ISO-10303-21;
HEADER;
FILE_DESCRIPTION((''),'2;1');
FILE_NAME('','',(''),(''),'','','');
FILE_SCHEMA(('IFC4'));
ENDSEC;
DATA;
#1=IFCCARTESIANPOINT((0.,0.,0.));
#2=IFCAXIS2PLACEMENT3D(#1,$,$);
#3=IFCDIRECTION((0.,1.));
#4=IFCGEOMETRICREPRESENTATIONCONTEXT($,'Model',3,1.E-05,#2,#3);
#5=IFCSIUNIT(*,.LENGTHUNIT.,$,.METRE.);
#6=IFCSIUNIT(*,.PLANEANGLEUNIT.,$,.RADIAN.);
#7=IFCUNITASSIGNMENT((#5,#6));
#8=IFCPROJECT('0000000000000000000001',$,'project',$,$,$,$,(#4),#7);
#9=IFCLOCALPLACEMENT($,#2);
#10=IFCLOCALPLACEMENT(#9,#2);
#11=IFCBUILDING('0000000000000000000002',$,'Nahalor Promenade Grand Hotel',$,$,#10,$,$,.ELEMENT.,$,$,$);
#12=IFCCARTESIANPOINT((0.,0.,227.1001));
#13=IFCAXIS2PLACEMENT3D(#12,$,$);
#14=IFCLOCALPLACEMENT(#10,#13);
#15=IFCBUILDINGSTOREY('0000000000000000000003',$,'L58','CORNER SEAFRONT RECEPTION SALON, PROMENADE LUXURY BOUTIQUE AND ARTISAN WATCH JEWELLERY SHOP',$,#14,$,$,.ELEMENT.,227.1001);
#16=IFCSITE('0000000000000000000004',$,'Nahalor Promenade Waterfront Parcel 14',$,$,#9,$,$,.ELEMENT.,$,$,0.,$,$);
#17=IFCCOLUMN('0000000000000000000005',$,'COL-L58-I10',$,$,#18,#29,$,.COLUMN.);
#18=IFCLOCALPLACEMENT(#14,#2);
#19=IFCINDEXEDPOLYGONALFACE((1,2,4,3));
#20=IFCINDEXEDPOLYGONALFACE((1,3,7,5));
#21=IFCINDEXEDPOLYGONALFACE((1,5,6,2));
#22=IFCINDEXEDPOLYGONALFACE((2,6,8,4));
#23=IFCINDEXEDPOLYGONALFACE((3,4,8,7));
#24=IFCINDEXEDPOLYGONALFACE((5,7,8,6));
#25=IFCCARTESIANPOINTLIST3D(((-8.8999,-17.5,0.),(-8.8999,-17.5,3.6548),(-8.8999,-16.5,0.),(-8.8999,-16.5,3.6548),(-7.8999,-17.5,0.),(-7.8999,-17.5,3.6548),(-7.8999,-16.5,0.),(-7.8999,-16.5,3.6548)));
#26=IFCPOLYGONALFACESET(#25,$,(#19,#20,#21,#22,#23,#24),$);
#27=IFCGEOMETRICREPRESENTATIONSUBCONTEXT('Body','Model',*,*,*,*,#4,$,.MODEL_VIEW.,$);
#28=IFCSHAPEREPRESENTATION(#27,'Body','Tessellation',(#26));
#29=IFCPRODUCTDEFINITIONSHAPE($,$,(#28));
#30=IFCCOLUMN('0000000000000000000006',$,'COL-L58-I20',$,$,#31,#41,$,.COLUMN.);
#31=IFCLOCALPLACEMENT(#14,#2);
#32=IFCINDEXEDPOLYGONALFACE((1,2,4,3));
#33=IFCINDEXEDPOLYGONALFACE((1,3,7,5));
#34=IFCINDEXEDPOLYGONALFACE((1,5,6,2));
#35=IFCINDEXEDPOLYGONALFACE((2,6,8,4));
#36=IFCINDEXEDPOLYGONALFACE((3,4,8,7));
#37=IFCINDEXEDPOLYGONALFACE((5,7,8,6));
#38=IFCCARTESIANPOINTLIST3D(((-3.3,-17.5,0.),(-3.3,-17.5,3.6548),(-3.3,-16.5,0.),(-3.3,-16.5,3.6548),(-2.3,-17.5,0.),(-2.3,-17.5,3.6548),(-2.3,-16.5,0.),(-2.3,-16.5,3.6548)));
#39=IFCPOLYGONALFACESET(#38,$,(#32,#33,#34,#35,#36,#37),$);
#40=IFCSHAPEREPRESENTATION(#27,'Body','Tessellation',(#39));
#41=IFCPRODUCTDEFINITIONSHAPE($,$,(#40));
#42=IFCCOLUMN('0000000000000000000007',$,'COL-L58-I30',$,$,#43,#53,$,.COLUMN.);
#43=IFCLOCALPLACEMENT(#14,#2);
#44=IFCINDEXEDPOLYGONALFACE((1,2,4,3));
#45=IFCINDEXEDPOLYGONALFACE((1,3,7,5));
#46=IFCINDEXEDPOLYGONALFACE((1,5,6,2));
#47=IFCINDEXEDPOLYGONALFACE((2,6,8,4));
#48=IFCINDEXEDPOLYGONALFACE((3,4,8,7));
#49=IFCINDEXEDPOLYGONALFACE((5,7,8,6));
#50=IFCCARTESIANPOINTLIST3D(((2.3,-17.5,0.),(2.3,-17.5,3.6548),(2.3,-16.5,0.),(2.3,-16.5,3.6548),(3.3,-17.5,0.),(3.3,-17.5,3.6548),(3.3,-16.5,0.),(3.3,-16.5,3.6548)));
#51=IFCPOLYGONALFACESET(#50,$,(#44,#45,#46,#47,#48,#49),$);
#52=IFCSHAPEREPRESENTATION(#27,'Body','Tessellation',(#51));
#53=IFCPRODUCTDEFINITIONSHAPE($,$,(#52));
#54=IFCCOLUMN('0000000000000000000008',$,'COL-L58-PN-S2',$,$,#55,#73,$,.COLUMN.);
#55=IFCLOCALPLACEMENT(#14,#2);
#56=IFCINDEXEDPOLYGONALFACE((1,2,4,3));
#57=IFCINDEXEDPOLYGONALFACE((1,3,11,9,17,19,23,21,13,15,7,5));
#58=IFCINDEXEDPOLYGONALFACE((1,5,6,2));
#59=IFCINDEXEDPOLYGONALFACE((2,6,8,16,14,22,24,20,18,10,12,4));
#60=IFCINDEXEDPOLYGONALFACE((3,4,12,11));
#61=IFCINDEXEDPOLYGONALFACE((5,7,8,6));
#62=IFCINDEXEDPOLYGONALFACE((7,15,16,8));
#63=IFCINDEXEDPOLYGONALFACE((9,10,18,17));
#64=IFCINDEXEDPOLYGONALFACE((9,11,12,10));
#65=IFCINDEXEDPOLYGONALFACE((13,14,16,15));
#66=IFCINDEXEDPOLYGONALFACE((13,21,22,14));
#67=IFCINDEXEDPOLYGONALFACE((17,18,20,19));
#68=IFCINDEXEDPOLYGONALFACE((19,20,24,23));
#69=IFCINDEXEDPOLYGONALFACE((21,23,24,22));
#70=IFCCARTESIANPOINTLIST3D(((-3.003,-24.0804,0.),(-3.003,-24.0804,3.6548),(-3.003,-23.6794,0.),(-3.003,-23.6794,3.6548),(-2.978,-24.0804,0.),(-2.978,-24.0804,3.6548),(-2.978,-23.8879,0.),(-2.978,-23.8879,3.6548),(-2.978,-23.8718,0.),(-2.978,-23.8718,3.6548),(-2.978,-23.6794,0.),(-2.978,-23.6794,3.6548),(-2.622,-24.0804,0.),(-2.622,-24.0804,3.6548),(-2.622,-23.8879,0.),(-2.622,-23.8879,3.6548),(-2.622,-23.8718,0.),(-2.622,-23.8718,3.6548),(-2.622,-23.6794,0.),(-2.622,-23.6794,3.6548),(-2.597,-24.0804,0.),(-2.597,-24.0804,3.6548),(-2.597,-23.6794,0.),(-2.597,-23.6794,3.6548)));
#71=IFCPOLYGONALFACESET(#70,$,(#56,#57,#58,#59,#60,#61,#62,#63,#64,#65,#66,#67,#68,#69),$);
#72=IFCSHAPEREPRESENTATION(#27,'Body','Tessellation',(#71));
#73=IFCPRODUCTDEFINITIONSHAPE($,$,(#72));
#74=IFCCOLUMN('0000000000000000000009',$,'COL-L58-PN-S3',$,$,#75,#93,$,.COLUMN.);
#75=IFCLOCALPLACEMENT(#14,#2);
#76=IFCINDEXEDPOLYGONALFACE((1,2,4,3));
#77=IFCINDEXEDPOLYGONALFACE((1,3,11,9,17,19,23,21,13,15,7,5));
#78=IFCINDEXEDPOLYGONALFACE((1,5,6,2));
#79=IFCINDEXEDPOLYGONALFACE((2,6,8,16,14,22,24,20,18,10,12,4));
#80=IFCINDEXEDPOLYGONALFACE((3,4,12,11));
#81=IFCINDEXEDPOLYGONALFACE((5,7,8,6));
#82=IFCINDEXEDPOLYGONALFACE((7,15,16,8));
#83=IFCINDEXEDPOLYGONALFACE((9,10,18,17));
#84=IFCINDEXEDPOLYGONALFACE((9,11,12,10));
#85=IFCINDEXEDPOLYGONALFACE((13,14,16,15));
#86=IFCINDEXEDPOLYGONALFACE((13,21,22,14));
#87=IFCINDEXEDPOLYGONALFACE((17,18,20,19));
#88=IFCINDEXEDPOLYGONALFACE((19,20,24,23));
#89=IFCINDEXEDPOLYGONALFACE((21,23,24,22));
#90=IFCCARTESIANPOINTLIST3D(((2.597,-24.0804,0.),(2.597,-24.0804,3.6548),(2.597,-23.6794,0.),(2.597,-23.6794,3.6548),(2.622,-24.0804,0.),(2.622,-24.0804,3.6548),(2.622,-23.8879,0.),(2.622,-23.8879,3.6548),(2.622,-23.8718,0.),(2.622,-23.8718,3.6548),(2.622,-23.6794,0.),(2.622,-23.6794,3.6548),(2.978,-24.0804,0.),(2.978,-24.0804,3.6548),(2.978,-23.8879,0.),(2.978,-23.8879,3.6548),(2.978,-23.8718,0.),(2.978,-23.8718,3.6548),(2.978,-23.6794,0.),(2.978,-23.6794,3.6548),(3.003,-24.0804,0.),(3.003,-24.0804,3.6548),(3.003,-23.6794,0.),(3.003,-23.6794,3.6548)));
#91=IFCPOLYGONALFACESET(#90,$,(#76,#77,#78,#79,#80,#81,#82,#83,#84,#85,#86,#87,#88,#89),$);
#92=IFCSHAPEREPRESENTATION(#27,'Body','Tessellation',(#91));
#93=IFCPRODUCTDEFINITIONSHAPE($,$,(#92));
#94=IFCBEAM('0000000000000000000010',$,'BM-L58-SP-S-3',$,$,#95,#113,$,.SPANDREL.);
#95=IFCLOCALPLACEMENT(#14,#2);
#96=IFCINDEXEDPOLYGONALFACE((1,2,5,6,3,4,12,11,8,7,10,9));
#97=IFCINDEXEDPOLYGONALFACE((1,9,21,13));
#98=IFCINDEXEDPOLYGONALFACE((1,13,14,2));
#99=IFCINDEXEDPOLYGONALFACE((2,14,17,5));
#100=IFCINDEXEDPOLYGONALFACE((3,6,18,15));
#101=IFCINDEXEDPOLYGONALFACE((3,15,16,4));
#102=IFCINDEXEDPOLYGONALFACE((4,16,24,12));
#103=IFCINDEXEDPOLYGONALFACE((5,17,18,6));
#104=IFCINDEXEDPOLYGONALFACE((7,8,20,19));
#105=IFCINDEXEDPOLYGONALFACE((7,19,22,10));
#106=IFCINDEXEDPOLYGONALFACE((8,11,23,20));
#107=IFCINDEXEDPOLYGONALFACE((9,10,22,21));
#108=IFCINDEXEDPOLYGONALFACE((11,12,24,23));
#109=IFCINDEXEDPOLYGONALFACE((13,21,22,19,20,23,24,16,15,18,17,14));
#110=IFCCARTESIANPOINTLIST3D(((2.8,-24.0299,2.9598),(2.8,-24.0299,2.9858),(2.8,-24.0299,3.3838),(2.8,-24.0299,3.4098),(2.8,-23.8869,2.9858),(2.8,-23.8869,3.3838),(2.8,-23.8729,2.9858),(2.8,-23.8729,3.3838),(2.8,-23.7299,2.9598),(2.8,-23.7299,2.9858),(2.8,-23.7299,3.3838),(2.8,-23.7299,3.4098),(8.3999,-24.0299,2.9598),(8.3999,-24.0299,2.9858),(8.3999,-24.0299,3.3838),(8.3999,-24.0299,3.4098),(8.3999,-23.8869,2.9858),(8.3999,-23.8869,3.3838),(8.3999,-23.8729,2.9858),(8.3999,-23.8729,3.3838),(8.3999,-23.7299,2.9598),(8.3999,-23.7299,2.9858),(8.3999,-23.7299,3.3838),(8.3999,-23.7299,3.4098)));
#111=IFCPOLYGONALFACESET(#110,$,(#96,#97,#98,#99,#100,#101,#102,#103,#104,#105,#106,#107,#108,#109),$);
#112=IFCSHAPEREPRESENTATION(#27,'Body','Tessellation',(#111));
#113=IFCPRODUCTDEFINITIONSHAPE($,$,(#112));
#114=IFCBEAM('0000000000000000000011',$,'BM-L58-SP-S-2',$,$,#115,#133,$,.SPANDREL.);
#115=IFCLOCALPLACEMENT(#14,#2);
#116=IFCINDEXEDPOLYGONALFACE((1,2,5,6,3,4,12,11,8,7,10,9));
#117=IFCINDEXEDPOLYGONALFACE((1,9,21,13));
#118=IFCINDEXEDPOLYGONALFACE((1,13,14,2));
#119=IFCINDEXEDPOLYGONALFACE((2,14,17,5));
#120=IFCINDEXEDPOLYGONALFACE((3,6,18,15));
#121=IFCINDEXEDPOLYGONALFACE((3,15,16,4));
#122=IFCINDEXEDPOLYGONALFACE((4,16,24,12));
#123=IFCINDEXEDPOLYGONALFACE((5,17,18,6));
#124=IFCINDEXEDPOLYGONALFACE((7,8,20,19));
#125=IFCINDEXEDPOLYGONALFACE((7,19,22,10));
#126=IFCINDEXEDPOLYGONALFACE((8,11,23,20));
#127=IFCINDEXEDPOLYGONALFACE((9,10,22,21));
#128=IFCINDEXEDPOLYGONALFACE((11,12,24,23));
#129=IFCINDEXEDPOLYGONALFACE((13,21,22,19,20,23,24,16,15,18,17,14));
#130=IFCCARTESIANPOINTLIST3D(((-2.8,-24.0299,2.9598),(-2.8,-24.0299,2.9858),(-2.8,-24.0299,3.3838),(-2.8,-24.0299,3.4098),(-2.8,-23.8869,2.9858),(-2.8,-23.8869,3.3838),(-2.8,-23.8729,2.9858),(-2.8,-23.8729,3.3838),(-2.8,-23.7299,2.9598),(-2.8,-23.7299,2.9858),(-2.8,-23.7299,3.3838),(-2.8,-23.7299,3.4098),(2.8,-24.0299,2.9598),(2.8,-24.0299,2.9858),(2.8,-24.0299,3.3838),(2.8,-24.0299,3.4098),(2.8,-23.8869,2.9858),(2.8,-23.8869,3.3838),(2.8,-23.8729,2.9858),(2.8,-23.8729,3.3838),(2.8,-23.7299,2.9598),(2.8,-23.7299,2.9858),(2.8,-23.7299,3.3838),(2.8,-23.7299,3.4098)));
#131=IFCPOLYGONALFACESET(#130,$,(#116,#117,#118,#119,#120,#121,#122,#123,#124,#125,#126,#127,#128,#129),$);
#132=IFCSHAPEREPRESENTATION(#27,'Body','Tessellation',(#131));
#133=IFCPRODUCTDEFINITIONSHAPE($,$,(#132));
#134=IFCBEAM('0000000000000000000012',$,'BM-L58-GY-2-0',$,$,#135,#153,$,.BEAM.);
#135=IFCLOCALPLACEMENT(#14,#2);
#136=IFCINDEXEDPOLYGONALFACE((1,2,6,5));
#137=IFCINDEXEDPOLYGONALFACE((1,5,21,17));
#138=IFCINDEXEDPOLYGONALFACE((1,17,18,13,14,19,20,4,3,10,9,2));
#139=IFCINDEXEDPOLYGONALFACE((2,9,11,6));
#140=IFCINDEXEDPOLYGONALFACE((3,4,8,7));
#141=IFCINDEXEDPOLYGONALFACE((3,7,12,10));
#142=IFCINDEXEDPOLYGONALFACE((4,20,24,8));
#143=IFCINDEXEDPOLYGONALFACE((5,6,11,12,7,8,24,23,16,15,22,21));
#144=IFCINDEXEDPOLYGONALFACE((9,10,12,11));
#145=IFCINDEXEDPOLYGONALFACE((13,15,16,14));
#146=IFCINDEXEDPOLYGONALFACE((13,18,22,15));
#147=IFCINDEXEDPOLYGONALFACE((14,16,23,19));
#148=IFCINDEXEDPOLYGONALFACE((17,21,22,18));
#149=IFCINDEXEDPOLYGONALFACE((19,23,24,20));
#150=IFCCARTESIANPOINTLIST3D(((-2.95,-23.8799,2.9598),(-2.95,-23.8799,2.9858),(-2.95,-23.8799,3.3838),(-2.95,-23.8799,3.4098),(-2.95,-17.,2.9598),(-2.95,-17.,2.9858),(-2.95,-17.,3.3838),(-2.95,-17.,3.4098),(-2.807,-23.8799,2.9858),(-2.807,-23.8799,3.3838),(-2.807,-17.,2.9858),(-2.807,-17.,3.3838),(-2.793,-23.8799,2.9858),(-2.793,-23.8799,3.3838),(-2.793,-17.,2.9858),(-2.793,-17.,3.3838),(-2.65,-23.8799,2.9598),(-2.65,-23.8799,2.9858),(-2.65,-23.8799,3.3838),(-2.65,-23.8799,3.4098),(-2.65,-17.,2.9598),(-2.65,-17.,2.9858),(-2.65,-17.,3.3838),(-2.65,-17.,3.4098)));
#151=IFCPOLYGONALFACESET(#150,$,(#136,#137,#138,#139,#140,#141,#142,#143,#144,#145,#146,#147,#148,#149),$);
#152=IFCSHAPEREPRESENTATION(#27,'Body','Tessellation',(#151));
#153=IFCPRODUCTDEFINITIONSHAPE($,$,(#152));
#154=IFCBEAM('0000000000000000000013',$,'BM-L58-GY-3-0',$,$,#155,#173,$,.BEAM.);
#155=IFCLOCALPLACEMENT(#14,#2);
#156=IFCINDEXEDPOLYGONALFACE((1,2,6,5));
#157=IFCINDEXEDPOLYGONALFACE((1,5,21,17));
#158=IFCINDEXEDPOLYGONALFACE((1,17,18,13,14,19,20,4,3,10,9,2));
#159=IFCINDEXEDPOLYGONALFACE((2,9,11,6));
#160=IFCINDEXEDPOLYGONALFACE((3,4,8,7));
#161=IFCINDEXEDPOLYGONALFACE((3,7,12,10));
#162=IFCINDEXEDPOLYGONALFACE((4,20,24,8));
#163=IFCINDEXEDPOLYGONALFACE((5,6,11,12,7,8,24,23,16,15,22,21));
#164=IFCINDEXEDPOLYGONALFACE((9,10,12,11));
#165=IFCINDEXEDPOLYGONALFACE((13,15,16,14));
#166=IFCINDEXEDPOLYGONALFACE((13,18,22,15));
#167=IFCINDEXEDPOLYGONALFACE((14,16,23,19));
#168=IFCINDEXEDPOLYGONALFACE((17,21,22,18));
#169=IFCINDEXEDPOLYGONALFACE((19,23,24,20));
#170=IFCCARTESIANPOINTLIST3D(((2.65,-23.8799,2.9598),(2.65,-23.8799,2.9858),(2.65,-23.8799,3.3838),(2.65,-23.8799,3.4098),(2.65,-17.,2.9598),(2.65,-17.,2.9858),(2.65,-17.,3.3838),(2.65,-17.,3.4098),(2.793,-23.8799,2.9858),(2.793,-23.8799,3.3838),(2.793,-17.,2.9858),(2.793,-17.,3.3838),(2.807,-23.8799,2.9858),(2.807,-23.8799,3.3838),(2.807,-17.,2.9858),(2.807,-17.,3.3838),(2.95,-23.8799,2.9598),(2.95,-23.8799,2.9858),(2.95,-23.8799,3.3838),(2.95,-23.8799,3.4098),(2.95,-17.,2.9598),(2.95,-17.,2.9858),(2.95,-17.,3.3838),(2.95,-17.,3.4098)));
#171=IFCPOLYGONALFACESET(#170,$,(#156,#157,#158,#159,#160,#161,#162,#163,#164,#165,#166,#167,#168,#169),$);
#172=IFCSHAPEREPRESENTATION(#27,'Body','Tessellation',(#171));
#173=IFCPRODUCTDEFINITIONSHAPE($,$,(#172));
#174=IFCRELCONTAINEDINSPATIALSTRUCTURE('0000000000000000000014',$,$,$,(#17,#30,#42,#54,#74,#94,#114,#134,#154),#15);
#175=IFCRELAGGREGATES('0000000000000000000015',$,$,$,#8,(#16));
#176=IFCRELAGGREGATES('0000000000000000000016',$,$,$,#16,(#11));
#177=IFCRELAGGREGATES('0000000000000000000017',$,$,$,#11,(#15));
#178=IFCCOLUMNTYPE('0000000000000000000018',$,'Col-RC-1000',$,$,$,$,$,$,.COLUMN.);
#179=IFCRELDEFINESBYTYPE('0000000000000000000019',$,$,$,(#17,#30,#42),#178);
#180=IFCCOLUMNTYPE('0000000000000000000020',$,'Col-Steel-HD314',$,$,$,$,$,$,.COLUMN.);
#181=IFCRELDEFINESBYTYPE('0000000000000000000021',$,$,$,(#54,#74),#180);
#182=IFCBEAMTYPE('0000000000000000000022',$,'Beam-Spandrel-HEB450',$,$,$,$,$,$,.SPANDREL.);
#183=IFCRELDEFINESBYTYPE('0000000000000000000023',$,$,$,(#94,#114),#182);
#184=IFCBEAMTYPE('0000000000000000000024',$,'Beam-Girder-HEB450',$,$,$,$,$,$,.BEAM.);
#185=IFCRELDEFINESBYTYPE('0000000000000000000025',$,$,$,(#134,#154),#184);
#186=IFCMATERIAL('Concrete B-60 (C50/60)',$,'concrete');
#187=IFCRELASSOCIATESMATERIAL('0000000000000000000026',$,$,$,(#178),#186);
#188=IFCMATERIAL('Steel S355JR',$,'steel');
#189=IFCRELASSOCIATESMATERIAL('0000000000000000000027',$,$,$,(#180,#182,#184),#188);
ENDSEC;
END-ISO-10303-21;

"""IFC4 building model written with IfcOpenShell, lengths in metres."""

from ifc_helpers import new_model, si_unit, direction, frame, origin, origin_2d, place, context, subcontext, project, spatial, rectangle, i_section, extrude, source, transform, mapped, material, material_profile, profile_set, type_object, element, save


model = new_model("IFC4")

# Units and contexts
model_context = context("Model", 3, precision=1e-05, world=origin(), true_north=direction((0.0, 1.0)))
body_context = subcontext(model_context, "Body", "Model", "MODEL_VIEW")
ifc_project = project(units=[si_unit("LENGTHUNIT", "METRE"), si_unit("PLANEANGLEUNIT", "RADIAN")], contexts=[model_context])

# Site, building, storey
site_placement = place(None, origin())
site = spatial("IfcSite", under=ifc_project, at=site_placement, Name="Nahalor Promenade Waterfront Parcel 14", CompositionType="ELEMENT", RefElevation=0.0)
building_placement = place(site_placement, origin())
building = spatial("IfcBuilding", under=site, at=building_placement, Name="Nahalor Promenade Grand Hotel", CompositionType="ELEMENT")
storey_placement = place(building_placement, frame((0.0, 0.0, 227.1001)))
storey = spatial("IfcBuildingStorey", under=building, at=storey_placement, Name="L58", Description="CORNER SEAFRONT RECEPTION SALON, PROMENADE LUXURY BOUTIQUE AND ARTISAN WATCH JEWELLERY SHOP", CompositionType="ELEMENT", Elevation=227.1001)

# Columns
ifc_material_1 = material(Name="Concrete B-60 (C50/60)", Category="concrete")
ifc_material_profile_1 = material_profile(ifc_material_1, rectangle(XDim=1.0, YDim=1.0, at=origin_2d()), Name="RC 1000x1000")
ifc_profile_set_1 = profile_set([ifc_material_profile_1], Name="Concrete B-60 (C50/60)")
column_type_1 = type_object("IfcColumnType", Name="Col-RC-1000", PredefinedType="COLUMN", material=ifc_profile_set_1)
shared_shape_1 = source(origin(), body_context, "Body", "SweptSolid", [
    extrude(rectangle(XDim=1.0, YDim=1.0, at=origin_2d()), origin(), (0.0, 0.0, 1.0), 3.6548),
])
for number, where, z_axis, x_axis, name in (
    (1, (-8.3999, -17.0, 0.0), (0.0, 0.0, 1.0), (1.0, 0.0, 0.0), "COL-L58-I10"),
    (2, (-2.8, -17.0, 0.0), (0.0, 0.0, 1.0), (1.0, 0.0, 0.0), "COL-L58-I20"),
    (3, (2.8, -17.0, 0.0), (0.0, 0.0, 1.0), (1.0, 0.0, 0.0), "COL-L58-I30"),
):
    element("IfcColumn", number, at=place(storey_placement, frame(where, z_axis=z_axis, x_axis=x_axis)), inside=storey, type_object=column_type_1, Name=name, PredefinedType="COLUMN", context=body_context, shape_type="MappedRepresentation", body=[
        mapped(shared_shape_1, transform((0.0, 0.0, 0.0), scale=1.0)),
    ])
ifc_material_2 = material(Name="Steel S355JR", Category="steel")
ifc_material_profile_2 = material_profile(ifc_material_2, i_section(OverallWidth=0.401, OverallDepth=0.406, WebThickness=0.0161, FlangeThickness=0.025, at=origin_2d()), Name="HD 400x314")
ifc_profile_set_2 = profile_set([ifc_material_profile_2], Name="Steel S355JR")
column_type_2 = type_object("IfcColumnType", Name="Col-Steel-HD314", PredefinedType="COLUMN", material=ifc_profile_set_2)
shared_shape_2 = source(origin(), body_context, "Body", "SweptSolid", [
    extrude(i_section(OverallWidth=0.401, OverallDepth=0.406, WebThickness=0.0161, FlangeThickness=0.025, at=origin_2d()), origin(), (0.0, 0.0, 1.0), 3.6548),
])
for number, where, z_axis, x_axis, name in (
    (4, (-2.8, -23.8799, 0.0), (0.0, 0.0, 1.0), (0.0, 1.0, 0.0), "COL-L58-PN-S2"),
    (5, (2.8, -23.8799, 0.0), (0.0, 0.0, 1.0), (0.0, 1.0, 0.0), "COL-L58-PN-S3"),
):
    element("IfcColumn", number, at=place(storey_placement, frame(where, z_axis=z_axis, x_axis=x_axis)), inside=storey, type_object=column_type_2, Name=name, PredefinedType="COLUMN", context=body_context, shape_type="MappedRepresentation", body=[
        mapped(shared_shape_2, transform((0.0, 0.0, 0.0), scale=1.0)),
    ])

# Beams
ifc_material_profile_3 = material_profile(ifc_material_2, i_section(OverallWidth=0.3, OverallDepth=0.45, WebThickness=0.014, FlangeThickness=0.026, at=origin_2d()), Name="HEB 450")
ifc_profile_set_3 = profile_set([ifc_material_profile_3], Name="Steel S355JR")
beam_type_1 = type_object("IfcBeamType", Name="Beam-Spandrel-HEB450", PredefinedType="SPANDREL", material=ifc_profile_set_3)
shared_shape_3 = source(origin(), body_context, "Body", "SweptSolid", [
    extrude(i_section(OverallWidth=0.3, OverallDepth=0.45, WebThickness=0.014, FlangeThickness=0.026, at=origin_2d()), origin(), (0.0, 0.0, 1.0), 5.5999),
])
beam_1_placement = place(storey_placement, frame((2.8, -23.8799, 3.1848), z_axis=(1.0, 0.0, 0.0), x_axis=(0.0, 1.0, 0.0)))
element("IfcBeam", 6, at=beam_1_placement, inside=storey, type_object=beam_type_1, Name="BM-L58-SP-S-3", PredefinedType="SPANDREL", context=body_context, shape_type="MappedRepresentation", body=[
    mapped(shared_shape_3, transform((0.0, 0.0, 0.0), scale=1.0)),
])
shared_shape_4 = source(origin(), body_context, "Body", "SweptSolid", [
    extrude(i_section(OverallWidth=0.3, OverallDepth=0.45, WebThickness=0.014, FlangeThickness=0.026, at=origin_2d()), origin(), (0.0, 0.0, 1.0), 5.6001),
])
beam_2_placement = place(storey_placement, frame((-2.8, -23.8799, 3.1848), z_axis=(1.0, 0.0, 0.0), x_axis=(0.0, 1.0, 0.0)))
element("IfcBeam", 7, at=beam_2_placement, inside=storey, type_object=beam_type_1, Name="BM-L58-SP-S-2", PredefinedType="SPANDREL", context=body_context, shape_type="MappedRepresentation", body=[
    mapped(shared_shape_4, transform((0.0, 0.0, 0.0), scale=1.0)),
])
ifc_material_profile_4 = material_profile(ifc_material_2, i_section(OverallWidth=0.3, OverallDepth=0.45, WebThickness=0.014, FlangeThickness=0.026, at=origin_2d()), Name="HEB 450")
ifc_profile_set_4 = profile_set([ifc_material_profile_4], Name="Steel S355JR")
beam_type_2 = type_object("IfcBeamType", Name="Beam-Girder-HEB450", PredefinedType="BEAM", material=ifc_profile_set_4)
shared_shape_5 = source(origin(), body_context, "Body", "SweptSolid", [
    extrude(i_section(OverallWidth=0.3, OverallDepth=0.45, WebThickness=0.014, FlangeThickness=0.026, at=origin_2d()), origin(), (0.0, 0.0, 1.0), 6.8799),
])
for number, where, z_axis, x_axis, name in (
    (8, (-2.8, -23.8799, 3.1848), (0.0, 1.0, 0.0), (-1.0, 0.0, 0.0), "BM-L58-GY-2-0"),
    (9, (2.8, -23.8799, 3.1848), (0.0, 1.0, 0.0), (-1.0, 0.0, 0.0), "BM-L58-GY-3-0"),
):
    element("IfcBeam", number, at=place(storey_placement, frame(where, z_axis=z_axis, x_axis=x_axis)), inside=storey, type_object=beam_type_2, Name=name, PredefinedType="BEAM", context=body_context, shape_type="MappedRepresentation", body=[
        mapped(shared_shape_5, transform((0.0, 0.0, 0.0), scale=1.0)),
    ])

save(model, "model.ifc")
